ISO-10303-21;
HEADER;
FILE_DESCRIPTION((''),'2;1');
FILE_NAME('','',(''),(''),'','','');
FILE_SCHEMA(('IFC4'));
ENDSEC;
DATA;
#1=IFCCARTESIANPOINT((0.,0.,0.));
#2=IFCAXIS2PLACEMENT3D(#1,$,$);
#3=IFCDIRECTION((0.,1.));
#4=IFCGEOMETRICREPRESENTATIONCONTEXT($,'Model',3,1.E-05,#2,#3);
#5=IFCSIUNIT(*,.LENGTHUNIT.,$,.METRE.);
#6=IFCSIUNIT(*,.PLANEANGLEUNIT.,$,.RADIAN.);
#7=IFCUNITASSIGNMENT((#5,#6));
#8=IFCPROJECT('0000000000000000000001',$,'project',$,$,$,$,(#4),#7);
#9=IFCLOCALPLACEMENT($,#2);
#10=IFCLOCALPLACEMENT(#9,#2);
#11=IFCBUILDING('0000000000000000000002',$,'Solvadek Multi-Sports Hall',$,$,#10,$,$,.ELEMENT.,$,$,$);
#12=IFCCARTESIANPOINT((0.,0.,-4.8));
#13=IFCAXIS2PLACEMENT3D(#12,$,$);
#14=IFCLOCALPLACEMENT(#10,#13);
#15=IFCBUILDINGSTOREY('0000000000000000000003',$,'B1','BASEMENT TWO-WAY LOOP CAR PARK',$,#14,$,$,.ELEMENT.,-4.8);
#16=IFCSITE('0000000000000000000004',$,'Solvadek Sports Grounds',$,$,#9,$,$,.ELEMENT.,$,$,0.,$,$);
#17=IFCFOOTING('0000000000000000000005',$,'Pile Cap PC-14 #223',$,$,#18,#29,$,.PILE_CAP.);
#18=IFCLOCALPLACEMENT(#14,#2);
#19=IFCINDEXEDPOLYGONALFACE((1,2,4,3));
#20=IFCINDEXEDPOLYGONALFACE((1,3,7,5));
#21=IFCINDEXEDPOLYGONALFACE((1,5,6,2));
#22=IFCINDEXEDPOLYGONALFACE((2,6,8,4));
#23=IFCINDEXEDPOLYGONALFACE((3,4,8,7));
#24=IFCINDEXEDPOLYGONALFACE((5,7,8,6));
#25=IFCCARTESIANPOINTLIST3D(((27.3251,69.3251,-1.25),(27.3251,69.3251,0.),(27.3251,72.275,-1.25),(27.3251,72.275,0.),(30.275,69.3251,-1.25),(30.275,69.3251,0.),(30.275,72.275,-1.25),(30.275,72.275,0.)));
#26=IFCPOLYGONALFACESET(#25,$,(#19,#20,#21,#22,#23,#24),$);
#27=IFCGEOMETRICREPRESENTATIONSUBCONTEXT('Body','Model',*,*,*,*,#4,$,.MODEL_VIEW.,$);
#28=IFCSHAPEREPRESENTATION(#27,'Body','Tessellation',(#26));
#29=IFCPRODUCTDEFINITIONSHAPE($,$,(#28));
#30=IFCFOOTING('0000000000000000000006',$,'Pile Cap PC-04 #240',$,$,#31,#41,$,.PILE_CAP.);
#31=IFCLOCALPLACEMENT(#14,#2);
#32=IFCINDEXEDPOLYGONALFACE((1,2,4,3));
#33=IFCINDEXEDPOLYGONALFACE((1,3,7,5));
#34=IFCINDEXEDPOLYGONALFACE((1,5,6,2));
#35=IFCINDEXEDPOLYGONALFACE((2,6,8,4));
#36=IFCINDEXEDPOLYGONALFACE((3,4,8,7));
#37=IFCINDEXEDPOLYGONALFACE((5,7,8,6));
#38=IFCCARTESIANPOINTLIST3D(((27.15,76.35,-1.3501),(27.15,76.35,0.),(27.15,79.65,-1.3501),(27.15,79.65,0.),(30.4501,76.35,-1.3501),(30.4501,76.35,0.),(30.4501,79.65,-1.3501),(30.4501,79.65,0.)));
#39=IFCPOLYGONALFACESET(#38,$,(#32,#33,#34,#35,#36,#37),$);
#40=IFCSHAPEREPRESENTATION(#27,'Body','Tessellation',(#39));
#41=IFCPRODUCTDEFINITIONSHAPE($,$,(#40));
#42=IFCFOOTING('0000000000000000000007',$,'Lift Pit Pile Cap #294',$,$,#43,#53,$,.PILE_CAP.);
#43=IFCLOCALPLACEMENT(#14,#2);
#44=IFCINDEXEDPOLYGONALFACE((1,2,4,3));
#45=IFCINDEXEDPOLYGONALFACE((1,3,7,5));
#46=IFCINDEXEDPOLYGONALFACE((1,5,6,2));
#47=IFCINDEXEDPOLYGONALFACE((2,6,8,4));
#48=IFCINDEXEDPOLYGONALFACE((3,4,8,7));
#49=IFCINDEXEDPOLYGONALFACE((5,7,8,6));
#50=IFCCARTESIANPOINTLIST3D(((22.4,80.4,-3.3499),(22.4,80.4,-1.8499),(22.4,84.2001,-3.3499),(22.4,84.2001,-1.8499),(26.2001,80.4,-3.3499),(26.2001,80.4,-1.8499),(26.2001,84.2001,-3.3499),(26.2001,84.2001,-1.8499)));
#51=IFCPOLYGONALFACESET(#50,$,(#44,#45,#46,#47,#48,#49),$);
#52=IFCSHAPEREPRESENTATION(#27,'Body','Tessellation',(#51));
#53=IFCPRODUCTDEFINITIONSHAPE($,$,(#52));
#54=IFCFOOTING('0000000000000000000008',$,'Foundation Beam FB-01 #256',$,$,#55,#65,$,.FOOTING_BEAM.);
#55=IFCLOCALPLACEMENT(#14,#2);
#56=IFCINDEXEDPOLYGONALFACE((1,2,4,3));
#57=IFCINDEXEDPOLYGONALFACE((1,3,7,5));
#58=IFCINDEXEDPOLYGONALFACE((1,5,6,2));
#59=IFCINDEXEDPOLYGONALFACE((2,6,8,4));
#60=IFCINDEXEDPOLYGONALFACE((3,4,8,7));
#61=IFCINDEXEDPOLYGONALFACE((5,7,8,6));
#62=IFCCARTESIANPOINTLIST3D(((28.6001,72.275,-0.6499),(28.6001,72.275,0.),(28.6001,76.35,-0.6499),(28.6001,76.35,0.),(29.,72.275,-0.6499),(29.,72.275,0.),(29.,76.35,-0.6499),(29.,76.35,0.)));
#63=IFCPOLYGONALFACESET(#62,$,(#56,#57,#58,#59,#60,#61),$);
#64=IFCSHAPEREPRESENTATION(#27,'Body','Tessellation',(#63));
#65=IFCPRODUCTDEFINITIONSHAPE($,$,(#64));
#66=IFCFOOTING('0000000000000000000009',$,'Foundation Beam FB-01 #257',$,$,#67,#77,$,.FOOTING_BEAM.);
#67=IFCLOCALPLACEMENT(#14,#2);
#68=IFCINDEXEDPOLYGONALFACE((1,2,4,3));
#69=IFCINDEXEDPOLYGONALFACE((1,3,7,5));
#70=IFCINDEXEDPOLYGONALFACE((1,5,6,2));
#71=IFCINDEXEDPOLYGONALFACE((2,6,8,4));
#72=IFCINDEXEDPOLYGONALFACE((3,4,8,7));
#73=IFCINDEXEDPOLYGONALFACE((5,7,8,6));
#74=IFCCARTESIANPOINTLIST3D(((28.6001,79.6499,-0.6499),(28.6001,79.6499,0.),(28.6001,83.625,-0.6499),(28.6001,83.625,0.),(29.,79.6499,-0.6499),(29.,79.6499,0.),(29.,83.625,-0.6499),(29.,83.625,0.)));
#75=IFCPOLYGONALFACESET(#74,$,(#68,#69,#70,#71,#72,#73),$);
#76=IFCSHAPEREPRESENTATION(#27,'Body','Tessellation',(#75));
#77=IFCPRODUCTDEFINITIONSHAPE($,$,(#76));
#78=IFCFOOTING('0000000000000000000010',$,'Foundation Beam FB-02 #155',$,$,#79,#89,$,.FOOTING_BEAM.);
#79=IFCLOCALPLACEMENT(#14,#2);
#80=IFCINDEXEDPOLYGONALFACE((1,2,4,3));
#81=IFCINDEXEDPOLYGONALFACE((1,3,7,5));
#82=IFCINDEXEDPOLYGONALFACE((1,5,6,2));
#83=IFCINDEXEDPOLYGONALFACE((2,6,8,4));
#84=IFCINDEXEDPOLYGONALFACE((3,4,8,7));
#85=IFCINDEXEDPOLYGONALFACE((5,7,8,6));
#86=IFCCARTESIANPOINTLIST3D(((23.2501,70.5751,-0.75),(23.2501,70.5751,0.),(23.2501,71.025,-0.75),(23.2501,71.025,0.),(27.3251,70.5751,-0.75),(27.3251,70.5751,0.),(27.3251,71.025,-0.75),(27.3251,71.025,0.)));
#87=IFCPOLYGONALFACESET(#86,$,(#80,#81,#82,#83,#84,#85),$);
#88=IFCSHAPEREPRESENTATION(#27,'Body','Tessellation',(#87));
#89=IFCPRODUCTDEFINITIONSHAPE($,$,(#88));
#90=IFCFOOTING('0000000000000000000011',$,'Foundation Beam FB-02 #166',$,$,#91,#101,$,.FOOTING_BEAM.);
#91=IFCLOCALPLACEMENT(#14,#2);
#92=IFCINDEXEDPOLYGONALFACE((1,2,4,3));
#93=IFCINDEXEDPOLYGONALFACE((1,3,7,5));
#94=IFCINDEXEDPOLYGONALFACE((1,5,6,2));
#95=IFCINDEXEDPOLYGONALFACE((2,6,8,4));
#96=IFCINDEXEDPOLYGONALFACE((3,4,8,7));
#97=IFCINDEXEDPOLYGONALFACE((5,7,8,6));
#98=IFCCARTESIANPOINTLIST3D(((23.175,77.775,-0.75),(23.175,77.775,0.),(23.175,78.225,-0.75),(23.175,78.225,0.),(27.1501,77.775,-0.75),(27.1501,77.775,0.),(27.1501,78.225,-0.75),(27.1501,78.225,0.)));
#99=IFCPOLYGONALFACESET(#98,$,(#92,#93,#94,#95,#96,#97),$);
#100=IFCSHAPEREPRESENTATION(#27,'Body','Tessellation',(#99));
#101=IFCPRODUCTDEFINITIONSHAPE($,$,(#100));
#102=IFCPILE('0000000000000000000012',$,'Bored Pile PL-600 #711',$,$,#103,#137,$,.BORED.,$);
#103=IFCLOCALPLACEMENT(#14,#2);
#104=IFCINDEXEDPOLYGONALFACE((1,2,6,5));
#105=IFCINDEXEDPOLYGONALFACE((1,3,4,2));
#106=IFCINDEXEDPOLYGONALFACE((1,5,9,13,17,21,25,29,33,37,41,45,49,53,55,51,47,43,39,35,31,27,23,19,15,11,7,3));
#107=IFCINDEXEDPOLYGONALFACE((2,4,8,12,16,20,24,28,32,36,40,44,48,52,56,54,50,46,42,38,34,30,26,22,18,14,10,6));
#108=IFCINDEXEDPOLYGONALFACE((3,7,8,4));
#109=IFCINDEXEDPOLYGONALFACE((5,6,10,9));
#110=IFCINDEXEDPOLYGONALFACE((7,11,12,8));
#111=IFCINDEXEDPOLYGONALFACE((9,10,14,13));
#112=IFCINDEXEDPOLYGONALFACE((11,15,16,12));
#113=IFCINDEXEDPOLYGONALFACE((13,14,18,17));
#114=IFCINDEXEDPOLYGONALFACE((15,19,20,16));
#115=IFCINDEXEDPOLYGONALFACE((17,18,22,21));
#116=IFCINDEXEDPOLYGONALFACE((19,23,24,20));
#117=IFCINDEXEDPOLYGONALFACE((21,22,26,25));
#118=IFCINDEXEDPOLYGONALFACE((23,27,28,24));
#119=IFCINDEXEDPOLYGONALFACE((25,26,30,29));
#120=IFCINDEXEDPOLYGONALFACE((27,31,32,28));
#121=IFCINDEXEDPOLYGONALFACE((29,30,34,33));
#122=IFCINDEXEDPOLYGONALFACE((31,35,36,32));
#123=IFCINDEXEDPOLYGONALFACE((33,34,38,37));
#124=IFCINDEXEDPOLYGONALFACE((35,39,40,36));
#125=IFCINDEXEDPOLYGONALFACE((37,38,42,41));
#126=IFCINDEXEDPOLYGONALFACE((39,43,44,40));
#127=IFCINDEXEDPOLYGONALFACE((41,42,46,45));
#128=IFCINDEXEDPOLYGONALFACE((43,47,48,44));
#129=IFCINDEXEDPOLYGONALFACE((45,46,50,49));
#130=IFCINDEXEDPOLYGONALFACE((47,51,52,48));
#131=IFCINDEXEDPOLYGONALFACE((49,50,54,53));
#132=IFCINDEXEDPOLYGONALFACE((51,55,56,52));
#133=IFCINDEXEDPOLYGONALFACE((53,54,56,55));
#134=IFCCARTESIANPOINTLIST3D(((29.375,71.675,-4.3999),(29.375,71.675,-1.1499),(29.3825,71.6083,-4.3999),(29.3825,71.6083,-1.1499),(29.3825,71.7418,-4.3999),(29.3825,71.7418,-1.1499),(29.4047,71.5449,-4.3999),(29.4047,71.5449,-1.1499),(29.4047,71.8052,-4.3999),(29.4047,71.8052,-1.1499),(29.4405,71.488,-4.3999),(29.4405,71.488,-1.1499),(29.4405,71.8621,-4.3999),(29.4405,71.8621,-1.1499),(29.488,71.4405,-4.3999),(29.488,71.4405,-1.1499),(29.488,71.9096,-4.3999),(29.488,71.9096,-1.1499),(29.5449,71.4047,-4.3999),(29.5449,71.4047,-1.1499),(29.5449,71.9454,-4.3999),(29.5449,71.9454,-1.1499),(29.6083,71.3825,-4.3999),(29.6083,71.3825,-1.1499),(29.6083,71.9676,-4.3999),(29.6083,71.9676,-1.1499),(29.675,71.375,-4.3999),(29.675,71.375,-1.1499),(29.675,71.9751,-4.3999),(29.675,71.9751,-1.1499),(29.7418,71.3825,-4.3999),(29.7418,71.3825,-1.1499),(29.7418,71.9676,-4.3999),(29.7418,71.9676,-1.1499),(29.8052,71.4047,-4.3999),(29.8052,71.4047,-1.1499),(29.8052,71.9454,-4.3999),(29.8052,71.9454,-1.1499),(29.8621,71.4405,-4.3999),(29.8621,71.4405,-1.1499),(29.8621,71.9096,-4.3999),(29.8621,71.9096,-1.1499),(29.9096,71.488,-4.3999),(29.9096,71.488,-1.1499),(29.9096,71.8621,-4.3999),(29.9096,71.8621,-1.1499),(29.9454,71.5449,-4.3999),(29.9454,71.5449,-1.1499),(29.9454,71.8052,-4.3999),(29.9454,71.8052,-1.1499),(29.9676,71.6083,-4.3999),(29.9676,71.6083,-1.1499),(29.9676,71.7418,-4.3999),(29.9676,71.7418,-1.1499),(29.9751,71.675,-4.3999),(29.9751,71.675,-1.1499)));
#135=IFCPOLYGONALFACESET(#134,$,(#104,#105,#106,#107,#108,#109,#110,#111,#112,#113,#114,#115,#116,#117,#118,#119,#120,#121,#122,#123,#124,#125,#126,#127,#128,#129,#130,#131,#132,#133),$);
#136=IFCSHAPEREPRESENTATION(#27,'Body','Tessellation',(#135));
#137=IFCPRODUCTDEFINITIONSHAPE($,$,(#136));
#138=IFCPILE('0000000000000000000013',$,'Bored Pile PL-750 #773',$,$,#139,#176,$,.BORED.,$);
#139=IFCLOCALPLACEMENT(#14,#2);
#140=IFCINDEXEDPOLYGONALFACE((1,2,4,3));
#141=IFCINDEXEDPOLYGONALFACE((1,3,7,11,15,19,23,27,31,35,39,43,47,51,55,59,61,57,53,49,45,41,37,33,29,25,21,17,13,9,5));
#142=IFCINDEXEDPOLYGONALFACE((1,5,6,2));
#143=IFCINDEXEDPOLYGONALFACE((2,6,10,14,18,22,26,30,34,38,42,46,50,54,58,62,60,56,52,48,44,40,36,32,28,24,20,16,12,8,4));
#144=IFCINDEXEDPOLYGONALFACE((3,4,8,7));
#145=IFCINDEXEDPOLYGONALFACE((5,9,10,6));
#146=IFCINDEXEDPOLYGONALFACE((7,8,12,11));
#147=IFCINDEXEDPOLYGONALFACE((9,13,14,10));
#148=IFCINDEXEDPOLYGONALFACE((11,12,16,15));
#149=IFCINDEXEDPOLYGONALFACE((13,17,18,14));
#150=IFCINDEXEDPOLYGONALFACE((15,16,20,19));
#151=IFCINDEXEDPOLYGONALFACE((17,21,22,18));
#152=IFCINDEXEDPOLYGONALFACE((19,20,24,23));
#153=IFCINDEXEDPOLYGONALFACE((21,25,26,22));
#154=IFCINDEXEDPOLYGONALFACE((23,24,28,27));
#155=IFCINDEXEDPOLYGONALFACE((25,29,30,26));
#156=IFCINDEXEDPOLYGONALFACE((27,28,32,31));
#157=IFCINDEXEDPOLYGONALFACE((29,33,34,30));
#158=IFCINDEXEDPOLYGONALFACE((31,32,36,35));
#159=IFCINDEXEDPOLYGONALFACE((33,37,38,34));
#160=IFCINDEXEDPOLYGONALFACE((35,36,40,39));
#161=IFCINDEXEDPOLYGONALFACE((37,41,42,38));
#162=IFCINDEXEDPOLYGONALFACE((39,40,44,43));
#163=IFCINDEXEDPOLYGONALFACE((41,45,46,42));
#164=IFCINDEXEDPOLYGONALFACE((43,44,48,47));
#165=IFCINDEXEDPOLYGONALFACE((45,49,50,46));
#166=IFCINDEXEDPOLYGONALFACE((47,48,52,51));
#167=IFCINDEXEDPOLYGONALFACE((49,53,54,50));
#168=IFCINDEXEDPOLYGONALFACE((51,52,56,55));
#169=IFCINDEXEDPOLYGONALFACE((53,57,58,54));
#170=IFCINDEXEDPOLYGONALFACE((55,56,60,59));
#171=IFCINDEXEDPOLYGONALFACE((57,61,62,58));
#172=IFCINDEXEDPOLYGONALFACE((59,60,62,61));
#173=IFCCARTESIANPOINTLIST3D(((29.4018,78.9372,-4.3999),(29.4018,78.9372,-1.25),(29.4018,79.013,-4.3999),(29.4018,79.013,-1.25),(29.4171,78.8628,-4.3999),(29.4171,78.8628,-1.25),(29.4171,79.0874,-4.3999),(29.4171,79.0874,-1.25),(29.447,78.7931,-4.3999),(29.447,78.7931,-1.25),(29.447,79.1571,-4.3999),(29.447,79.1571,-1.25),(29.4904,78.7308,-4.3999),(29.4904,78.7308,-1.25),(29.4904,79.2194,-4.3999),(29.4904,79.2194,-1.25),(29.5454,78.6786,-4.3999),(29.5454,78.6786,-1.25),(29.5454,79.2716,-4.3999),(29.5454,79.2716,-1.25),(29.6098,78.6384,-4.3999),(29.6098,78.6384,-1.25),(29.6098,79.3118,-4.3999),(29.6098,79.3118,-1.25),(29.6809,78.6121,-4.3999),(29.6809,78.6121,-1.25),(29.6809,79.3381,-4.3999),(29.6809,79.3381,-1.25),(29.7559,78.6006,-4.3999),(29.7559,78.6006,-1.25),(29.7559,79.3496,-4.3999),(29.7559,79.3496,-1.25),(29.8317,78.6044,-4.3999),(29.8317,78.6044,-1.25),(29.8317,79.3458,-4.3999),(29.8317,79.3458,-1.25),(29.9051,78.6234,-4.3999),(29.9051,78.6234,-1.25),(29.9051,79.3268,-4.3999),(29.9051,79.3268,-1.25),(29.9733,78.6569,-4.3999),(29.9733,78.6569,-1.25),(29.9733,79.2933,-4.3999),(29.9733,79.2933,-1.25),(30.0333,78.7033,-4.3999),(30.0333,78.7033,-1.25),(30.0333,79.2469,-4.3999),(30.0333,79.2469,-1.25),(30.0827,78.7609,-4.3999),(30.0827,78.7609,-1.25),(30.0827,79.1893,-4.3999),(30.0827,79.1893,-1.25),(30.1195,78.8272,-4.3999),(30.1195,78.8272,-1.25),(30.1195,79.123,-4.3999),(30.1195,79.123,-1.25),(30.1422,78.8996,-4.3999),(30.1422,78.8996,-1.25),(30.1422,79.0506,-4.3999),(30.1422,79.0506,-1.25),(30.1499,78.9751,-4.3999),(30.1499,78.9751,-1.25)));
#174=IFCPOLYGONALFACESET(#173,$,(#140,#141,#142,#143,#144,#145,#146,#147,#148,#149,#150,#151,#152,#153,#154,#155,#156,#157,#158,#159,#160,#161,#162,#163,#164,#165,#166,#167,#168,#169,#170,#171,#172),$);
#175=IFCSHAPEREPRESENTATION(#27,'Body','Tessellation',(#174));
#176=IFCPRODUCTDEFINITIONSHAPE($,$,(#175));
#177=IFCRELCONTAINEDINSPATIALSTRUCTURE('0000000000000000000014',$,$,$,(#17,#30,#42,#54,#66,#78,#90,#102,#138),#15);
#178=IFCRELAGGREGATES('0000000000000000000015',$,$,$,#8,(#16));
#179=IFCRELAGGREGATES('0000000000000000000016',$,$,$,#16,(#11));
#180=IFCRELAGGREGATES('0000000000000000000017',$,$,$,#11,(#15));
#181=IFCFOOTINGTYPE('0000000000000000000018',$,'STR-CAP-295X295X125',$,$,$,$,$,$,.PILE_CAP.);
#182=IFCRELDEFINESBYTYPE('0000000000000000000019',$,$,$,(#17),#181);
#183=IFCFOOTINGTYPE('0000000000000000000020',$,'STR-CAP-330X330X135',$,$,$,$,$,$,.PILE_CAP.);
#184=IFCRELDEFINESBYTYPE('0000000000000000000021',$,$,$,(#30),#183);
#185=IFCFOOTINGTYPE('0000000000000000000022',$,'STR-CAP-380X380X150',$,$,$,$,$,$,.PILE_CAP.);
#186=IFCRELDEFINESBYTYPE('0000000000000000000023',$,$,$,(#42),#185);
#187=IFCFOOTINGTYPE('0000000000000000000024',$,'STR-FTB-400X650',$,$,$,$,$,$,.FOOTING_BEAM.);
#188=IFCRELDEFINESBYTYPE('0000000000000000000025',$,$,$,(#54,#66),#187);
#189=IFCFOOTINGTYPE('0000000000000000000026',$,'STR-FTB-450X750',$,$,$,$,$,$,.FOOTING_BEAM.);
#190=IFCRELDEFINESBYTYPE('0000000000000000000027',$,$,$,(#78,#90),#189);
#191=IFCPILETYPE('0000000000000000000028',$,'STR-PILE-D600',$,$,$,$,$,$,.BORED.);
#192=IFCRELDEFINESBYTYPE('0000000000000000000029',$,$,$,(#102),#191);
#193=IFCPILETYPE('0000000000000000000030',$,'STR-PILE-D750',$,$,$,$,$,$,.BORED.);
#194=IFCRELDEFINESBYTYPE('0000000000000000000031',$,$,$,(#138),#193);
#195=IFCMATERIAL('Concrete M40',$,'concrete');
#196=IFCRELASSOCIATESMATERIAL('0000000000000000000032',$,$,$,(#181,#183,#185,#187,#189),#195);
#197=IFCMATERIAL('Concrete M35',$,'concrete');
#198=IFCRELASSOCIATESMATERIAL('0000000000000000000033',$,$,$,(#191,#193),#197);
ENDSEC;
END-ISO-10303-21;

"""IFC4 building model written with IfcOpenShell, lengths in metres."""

from ifc_helpers import new_model, si_unit, direction, frame, origin, origin_2d, place, context, subcontext, project, spatial, rectangle, circle, extrude, material, material_profile, profile_set, type_object, element, save


model = new_model("IFC4")

# Units and contexts
model_context = context("Model", 3, precision=1e-05, world=origin(), true_north=direction((0.0, 1.0)))
body_context = subcontext(model_context, "Body", "Model", "MODEL_VIEW")
ifc_project = project(units=[si_unit("LENGTHUNIT", "METRE"), si_unit("PLANEANGLEUNIT", "RADIAN")], contexts=[model_context])

# Site, building, storey
site_placement = place(None, origin())
site = spatial("IfcSite", under=ifc_project, at=site_placement, Name="Solvadek Sports Grounds", CompositionType="ELEMENT", RefElevation=0.0)
building_placement = place(site_placement, origin())
building = spatial("IfcBuilding", under=site, at=building_placement, Name="Solvadek Multi-Sports Hall", CompositionType="ELEMENT")
storey_placement = place(building_placement, frame((0.0, 0.0, -4.8)))
storey = spatial("IfcBuildingStorey", under=building, at=storey_placement, Name="B1", Description="BASEMENT TWO-WAY LOOP CAR PARK", CompositionType="ELEMENT", Elevation=-4.8)

# Footings
ifc_material_1 = material(Name="Concrete M40", Category="concrete")
footing_type_1 = type_object("IfcFootingType", Name="STR-CAP-295X295X125", PredefinedType="PILE_CAP", material=ifc_material_1)
footing_1_placement = place(storey_placement, frame((28.8, 70.8, -1.25), z_axis=(0.0, 0.0, 1.0), x_axis=(1.0, 0.0, 0.0)))
element("IfcFooting", 1, at=footing_1_placement, inside=storey, type_object=footing_type_1, Name="Pile Cap PC-14 #223", PredefinedType="PILE_CAP", context=body_context, shape_type="SweptSolid", body=[
    extrude(rectangle(XDim=2.95, YDim=2.95, at=origin_2d()), origin(), (0.0, 0.0, 1.0), 1.25),
])
footing_type_2 = type_object("IfcFootingType", Name="STR-CAP-330X330X135", PredefinedType="PILE_CAP", material=ifc_material_1)
footing_2_placement = place(storey_placement, frame((28.8, 78.0, -1.3501), z_axis=(0.0, 0.0, 1.0), x_axis=(1.0, 0.0, 0.0)))
element("IfcFooting", 2, at=footing_2_placement, inside=storey, type_object=footing_type_2, Name="Pile Cap PC-04 #240", PredefinedType="PILE_CAP", context=body_context, shape_type="SweptSolid", body=[
    extrude(rectangle(XDim=3.3, YDim=3.3, at=origin_2d()), origin(), (0.0, 0.0, 1.0), 1.3501),
])
footing_type_3 = type_object("IfcFootingType", Name="STR-CAP-380X380X150", PredefinedType="PILE_CAP", material=ifc_material_1)
footing_3_placement = place(storey_placement, frame((24.3, 82.3, -3.3499), z_axis=(0.0, 0.0, 1.0), x_axis=(1.0, 0.0, 0.0)))
element("IfcFooting", 3, at=footing_3_placement, inside=storey, type_object=footing_type_3, Name="Lift Pit Pile Cap #294", PredefinedType="PILE_CAP", context=body_context, shape_type="SweptSolid", body=[
    extrude(rectangle(XDim=3.8, YDim=3.8, at=origin_2d()), origin(), (0.0, 0.0, 1.0), 1.5),
])
footing_type_4 = type_object("IfcFootingType", Name="STR-FTB-400X650", PredefinedType="FOOTING_BEAM", material=ifc_material_1)
footing_4_placement = place(storey_placement, frame((28.8, 74.3125, -0.6499), z_axis=(0.0, 0.0, 1.0), x_axis=(0.0, 1.0, 0.0)))
element("IfcFooting", 4, at=footing_4_placement, inside=storey, type_object=footing_type_4, Name="Foundation Beam FB-01 #256", PredefinedType="FOOTING_BEAM", context=body_context, shape_type="SweptSolid", body=[
    extrude(rectangle(XDim=4.075, YDim=0.3999, at=origin_2d()), origin(), (0.0, 0.0, 1.0), 0.6499),
])
footing_5_placement = place(storey_placement, frame((28.8, 81.6375, -0.6499), z_axis=(0.0, 0.0, 1.0), x_axis=(0.0, 1.0, 0.0)))
element("IfcFooting", 5, at=footing_5_placement, inside=storey, type_object=footing_type_4, Name="Foundation Beam FB-01 #257", PredefinedType="FOOTING_BEAM", context=body_context, shape_type="SweptSolid", body=[
    extrude(rectangle(XDim=3.9751, YDim=0.3999, at=origin_2d()), origin(), (0.0, 0.0, 1.0), 0.6499),
])
footing_type_5 = type_object("IfcFootingType", Name="STR-FTB-450X750", PredefinedType="FOOTING_BEAM", material=ifc_material_1)
footing_6_placement = place(storey_placement, frame((25.2876, 70.8, -0.75), z_axis=(0.0, 0.0, 1.0), x_axis=(1.0, 0.0, 0.0)))
element("IfcFooting", 6, at=footing_6_placement, inside=storey, type_object=footing_type_5, Name="Foundation Beam FB-02 #155", PredefinedType="FOOTING_BEAM", context=body_context, shape_type="SweptSolid", body=[
    extrude(rectangle(XDim=4.075, YDim=0.45, at=origin_2d()), origin(), (0.0, 0.0, 1.0), 0.75),
])
footing_7_placement = place(storey_placement, frame((25.1626, 78.0, -0.75), z_axis=(0.0, 0.0, 1.0), x_axis=(1.0, 0.0, 0.0)))
element("IfcFooting", 7, at=footing_7_placement, inside=storey, type_object=footing_type_5, Name="Foundation Beam FB-02 #166", PredefinedType="FOOTING_BEAM", context=body_context, shape_type="SweptSolid", body=[
    extrude(rectangle(XDim=3.9751, YDim=0.45, at=origin_2d()), origin(), (0.0, 0.0, 1.0), 0.75),
])

# Piles
ifc_material_2 = material(Name="Concrete M35", Category="concrete")
ifc_material_profile_1 = material_profile(ifc_material_2, circle(Radius=0.3, at=origin_2d()), Name="BORED PILE D600")
ifc_profile_set_1 = profile_set([ifc_material_profile_1], Name="Concrete M35")
pile_type_1 = type_object("IfcPileType", Name="STR-PILE-D600", PredefinedType="BORED", material=ifc_profile_set_1)
pile_1_placement = place(storey_placement, frame((29.675, 71.675, -1.1499), z_axis=(0.0, 0.0, -1.0), x_axis=(1.0, 0.0, 0.0)))
element("IfcPile", 8, at=pile_1_placement, inside=storey, type_object=pile_type_1, Name="Bored Pile PL-600 #711", PredefinedType="BORED", context=body_context, shape_type="SweptSolid", body=[
    extrude(circle(Radius=0.3, at=origin_2d()), origin(), (0.0, 0.0, 1.0), 3.25),
])
ifc_material_profile_2 = material_profile(ifc_material_2, circle(Radius=0.375, at=origin_2d()), Name="BORED PILE D750")
ifc_profile_set_2 = profile_set([ifc_material_profile_2], Name="Concrete M35")
pile_type_2 = type_object("IfcPileType", Name="STR-PILE-D750", PredefinedType="BORED", material=ifc_profile_set_2)
pile_2_placement = place(storey_placement, frame((29.7749, 78.9751, -1.25), z_axis=(0.0, 0.0, -1.0), x_axis=(1.0, 0.0, 0.0)))
element("IfcPile", 9, at=pile_2_placement, inside=storey, type_object=pile_type_2, Name="Bored Pile PL-750 #773", PredefinedType="BORED", context=body_context, shape_type="SweptSolid", body=[
    extrude(circle(Radius=0.375, at=origin_2d()), origin(), (0.0, 0.0, 1.0), 3.1499),
])

save(model, "model.ifc")
